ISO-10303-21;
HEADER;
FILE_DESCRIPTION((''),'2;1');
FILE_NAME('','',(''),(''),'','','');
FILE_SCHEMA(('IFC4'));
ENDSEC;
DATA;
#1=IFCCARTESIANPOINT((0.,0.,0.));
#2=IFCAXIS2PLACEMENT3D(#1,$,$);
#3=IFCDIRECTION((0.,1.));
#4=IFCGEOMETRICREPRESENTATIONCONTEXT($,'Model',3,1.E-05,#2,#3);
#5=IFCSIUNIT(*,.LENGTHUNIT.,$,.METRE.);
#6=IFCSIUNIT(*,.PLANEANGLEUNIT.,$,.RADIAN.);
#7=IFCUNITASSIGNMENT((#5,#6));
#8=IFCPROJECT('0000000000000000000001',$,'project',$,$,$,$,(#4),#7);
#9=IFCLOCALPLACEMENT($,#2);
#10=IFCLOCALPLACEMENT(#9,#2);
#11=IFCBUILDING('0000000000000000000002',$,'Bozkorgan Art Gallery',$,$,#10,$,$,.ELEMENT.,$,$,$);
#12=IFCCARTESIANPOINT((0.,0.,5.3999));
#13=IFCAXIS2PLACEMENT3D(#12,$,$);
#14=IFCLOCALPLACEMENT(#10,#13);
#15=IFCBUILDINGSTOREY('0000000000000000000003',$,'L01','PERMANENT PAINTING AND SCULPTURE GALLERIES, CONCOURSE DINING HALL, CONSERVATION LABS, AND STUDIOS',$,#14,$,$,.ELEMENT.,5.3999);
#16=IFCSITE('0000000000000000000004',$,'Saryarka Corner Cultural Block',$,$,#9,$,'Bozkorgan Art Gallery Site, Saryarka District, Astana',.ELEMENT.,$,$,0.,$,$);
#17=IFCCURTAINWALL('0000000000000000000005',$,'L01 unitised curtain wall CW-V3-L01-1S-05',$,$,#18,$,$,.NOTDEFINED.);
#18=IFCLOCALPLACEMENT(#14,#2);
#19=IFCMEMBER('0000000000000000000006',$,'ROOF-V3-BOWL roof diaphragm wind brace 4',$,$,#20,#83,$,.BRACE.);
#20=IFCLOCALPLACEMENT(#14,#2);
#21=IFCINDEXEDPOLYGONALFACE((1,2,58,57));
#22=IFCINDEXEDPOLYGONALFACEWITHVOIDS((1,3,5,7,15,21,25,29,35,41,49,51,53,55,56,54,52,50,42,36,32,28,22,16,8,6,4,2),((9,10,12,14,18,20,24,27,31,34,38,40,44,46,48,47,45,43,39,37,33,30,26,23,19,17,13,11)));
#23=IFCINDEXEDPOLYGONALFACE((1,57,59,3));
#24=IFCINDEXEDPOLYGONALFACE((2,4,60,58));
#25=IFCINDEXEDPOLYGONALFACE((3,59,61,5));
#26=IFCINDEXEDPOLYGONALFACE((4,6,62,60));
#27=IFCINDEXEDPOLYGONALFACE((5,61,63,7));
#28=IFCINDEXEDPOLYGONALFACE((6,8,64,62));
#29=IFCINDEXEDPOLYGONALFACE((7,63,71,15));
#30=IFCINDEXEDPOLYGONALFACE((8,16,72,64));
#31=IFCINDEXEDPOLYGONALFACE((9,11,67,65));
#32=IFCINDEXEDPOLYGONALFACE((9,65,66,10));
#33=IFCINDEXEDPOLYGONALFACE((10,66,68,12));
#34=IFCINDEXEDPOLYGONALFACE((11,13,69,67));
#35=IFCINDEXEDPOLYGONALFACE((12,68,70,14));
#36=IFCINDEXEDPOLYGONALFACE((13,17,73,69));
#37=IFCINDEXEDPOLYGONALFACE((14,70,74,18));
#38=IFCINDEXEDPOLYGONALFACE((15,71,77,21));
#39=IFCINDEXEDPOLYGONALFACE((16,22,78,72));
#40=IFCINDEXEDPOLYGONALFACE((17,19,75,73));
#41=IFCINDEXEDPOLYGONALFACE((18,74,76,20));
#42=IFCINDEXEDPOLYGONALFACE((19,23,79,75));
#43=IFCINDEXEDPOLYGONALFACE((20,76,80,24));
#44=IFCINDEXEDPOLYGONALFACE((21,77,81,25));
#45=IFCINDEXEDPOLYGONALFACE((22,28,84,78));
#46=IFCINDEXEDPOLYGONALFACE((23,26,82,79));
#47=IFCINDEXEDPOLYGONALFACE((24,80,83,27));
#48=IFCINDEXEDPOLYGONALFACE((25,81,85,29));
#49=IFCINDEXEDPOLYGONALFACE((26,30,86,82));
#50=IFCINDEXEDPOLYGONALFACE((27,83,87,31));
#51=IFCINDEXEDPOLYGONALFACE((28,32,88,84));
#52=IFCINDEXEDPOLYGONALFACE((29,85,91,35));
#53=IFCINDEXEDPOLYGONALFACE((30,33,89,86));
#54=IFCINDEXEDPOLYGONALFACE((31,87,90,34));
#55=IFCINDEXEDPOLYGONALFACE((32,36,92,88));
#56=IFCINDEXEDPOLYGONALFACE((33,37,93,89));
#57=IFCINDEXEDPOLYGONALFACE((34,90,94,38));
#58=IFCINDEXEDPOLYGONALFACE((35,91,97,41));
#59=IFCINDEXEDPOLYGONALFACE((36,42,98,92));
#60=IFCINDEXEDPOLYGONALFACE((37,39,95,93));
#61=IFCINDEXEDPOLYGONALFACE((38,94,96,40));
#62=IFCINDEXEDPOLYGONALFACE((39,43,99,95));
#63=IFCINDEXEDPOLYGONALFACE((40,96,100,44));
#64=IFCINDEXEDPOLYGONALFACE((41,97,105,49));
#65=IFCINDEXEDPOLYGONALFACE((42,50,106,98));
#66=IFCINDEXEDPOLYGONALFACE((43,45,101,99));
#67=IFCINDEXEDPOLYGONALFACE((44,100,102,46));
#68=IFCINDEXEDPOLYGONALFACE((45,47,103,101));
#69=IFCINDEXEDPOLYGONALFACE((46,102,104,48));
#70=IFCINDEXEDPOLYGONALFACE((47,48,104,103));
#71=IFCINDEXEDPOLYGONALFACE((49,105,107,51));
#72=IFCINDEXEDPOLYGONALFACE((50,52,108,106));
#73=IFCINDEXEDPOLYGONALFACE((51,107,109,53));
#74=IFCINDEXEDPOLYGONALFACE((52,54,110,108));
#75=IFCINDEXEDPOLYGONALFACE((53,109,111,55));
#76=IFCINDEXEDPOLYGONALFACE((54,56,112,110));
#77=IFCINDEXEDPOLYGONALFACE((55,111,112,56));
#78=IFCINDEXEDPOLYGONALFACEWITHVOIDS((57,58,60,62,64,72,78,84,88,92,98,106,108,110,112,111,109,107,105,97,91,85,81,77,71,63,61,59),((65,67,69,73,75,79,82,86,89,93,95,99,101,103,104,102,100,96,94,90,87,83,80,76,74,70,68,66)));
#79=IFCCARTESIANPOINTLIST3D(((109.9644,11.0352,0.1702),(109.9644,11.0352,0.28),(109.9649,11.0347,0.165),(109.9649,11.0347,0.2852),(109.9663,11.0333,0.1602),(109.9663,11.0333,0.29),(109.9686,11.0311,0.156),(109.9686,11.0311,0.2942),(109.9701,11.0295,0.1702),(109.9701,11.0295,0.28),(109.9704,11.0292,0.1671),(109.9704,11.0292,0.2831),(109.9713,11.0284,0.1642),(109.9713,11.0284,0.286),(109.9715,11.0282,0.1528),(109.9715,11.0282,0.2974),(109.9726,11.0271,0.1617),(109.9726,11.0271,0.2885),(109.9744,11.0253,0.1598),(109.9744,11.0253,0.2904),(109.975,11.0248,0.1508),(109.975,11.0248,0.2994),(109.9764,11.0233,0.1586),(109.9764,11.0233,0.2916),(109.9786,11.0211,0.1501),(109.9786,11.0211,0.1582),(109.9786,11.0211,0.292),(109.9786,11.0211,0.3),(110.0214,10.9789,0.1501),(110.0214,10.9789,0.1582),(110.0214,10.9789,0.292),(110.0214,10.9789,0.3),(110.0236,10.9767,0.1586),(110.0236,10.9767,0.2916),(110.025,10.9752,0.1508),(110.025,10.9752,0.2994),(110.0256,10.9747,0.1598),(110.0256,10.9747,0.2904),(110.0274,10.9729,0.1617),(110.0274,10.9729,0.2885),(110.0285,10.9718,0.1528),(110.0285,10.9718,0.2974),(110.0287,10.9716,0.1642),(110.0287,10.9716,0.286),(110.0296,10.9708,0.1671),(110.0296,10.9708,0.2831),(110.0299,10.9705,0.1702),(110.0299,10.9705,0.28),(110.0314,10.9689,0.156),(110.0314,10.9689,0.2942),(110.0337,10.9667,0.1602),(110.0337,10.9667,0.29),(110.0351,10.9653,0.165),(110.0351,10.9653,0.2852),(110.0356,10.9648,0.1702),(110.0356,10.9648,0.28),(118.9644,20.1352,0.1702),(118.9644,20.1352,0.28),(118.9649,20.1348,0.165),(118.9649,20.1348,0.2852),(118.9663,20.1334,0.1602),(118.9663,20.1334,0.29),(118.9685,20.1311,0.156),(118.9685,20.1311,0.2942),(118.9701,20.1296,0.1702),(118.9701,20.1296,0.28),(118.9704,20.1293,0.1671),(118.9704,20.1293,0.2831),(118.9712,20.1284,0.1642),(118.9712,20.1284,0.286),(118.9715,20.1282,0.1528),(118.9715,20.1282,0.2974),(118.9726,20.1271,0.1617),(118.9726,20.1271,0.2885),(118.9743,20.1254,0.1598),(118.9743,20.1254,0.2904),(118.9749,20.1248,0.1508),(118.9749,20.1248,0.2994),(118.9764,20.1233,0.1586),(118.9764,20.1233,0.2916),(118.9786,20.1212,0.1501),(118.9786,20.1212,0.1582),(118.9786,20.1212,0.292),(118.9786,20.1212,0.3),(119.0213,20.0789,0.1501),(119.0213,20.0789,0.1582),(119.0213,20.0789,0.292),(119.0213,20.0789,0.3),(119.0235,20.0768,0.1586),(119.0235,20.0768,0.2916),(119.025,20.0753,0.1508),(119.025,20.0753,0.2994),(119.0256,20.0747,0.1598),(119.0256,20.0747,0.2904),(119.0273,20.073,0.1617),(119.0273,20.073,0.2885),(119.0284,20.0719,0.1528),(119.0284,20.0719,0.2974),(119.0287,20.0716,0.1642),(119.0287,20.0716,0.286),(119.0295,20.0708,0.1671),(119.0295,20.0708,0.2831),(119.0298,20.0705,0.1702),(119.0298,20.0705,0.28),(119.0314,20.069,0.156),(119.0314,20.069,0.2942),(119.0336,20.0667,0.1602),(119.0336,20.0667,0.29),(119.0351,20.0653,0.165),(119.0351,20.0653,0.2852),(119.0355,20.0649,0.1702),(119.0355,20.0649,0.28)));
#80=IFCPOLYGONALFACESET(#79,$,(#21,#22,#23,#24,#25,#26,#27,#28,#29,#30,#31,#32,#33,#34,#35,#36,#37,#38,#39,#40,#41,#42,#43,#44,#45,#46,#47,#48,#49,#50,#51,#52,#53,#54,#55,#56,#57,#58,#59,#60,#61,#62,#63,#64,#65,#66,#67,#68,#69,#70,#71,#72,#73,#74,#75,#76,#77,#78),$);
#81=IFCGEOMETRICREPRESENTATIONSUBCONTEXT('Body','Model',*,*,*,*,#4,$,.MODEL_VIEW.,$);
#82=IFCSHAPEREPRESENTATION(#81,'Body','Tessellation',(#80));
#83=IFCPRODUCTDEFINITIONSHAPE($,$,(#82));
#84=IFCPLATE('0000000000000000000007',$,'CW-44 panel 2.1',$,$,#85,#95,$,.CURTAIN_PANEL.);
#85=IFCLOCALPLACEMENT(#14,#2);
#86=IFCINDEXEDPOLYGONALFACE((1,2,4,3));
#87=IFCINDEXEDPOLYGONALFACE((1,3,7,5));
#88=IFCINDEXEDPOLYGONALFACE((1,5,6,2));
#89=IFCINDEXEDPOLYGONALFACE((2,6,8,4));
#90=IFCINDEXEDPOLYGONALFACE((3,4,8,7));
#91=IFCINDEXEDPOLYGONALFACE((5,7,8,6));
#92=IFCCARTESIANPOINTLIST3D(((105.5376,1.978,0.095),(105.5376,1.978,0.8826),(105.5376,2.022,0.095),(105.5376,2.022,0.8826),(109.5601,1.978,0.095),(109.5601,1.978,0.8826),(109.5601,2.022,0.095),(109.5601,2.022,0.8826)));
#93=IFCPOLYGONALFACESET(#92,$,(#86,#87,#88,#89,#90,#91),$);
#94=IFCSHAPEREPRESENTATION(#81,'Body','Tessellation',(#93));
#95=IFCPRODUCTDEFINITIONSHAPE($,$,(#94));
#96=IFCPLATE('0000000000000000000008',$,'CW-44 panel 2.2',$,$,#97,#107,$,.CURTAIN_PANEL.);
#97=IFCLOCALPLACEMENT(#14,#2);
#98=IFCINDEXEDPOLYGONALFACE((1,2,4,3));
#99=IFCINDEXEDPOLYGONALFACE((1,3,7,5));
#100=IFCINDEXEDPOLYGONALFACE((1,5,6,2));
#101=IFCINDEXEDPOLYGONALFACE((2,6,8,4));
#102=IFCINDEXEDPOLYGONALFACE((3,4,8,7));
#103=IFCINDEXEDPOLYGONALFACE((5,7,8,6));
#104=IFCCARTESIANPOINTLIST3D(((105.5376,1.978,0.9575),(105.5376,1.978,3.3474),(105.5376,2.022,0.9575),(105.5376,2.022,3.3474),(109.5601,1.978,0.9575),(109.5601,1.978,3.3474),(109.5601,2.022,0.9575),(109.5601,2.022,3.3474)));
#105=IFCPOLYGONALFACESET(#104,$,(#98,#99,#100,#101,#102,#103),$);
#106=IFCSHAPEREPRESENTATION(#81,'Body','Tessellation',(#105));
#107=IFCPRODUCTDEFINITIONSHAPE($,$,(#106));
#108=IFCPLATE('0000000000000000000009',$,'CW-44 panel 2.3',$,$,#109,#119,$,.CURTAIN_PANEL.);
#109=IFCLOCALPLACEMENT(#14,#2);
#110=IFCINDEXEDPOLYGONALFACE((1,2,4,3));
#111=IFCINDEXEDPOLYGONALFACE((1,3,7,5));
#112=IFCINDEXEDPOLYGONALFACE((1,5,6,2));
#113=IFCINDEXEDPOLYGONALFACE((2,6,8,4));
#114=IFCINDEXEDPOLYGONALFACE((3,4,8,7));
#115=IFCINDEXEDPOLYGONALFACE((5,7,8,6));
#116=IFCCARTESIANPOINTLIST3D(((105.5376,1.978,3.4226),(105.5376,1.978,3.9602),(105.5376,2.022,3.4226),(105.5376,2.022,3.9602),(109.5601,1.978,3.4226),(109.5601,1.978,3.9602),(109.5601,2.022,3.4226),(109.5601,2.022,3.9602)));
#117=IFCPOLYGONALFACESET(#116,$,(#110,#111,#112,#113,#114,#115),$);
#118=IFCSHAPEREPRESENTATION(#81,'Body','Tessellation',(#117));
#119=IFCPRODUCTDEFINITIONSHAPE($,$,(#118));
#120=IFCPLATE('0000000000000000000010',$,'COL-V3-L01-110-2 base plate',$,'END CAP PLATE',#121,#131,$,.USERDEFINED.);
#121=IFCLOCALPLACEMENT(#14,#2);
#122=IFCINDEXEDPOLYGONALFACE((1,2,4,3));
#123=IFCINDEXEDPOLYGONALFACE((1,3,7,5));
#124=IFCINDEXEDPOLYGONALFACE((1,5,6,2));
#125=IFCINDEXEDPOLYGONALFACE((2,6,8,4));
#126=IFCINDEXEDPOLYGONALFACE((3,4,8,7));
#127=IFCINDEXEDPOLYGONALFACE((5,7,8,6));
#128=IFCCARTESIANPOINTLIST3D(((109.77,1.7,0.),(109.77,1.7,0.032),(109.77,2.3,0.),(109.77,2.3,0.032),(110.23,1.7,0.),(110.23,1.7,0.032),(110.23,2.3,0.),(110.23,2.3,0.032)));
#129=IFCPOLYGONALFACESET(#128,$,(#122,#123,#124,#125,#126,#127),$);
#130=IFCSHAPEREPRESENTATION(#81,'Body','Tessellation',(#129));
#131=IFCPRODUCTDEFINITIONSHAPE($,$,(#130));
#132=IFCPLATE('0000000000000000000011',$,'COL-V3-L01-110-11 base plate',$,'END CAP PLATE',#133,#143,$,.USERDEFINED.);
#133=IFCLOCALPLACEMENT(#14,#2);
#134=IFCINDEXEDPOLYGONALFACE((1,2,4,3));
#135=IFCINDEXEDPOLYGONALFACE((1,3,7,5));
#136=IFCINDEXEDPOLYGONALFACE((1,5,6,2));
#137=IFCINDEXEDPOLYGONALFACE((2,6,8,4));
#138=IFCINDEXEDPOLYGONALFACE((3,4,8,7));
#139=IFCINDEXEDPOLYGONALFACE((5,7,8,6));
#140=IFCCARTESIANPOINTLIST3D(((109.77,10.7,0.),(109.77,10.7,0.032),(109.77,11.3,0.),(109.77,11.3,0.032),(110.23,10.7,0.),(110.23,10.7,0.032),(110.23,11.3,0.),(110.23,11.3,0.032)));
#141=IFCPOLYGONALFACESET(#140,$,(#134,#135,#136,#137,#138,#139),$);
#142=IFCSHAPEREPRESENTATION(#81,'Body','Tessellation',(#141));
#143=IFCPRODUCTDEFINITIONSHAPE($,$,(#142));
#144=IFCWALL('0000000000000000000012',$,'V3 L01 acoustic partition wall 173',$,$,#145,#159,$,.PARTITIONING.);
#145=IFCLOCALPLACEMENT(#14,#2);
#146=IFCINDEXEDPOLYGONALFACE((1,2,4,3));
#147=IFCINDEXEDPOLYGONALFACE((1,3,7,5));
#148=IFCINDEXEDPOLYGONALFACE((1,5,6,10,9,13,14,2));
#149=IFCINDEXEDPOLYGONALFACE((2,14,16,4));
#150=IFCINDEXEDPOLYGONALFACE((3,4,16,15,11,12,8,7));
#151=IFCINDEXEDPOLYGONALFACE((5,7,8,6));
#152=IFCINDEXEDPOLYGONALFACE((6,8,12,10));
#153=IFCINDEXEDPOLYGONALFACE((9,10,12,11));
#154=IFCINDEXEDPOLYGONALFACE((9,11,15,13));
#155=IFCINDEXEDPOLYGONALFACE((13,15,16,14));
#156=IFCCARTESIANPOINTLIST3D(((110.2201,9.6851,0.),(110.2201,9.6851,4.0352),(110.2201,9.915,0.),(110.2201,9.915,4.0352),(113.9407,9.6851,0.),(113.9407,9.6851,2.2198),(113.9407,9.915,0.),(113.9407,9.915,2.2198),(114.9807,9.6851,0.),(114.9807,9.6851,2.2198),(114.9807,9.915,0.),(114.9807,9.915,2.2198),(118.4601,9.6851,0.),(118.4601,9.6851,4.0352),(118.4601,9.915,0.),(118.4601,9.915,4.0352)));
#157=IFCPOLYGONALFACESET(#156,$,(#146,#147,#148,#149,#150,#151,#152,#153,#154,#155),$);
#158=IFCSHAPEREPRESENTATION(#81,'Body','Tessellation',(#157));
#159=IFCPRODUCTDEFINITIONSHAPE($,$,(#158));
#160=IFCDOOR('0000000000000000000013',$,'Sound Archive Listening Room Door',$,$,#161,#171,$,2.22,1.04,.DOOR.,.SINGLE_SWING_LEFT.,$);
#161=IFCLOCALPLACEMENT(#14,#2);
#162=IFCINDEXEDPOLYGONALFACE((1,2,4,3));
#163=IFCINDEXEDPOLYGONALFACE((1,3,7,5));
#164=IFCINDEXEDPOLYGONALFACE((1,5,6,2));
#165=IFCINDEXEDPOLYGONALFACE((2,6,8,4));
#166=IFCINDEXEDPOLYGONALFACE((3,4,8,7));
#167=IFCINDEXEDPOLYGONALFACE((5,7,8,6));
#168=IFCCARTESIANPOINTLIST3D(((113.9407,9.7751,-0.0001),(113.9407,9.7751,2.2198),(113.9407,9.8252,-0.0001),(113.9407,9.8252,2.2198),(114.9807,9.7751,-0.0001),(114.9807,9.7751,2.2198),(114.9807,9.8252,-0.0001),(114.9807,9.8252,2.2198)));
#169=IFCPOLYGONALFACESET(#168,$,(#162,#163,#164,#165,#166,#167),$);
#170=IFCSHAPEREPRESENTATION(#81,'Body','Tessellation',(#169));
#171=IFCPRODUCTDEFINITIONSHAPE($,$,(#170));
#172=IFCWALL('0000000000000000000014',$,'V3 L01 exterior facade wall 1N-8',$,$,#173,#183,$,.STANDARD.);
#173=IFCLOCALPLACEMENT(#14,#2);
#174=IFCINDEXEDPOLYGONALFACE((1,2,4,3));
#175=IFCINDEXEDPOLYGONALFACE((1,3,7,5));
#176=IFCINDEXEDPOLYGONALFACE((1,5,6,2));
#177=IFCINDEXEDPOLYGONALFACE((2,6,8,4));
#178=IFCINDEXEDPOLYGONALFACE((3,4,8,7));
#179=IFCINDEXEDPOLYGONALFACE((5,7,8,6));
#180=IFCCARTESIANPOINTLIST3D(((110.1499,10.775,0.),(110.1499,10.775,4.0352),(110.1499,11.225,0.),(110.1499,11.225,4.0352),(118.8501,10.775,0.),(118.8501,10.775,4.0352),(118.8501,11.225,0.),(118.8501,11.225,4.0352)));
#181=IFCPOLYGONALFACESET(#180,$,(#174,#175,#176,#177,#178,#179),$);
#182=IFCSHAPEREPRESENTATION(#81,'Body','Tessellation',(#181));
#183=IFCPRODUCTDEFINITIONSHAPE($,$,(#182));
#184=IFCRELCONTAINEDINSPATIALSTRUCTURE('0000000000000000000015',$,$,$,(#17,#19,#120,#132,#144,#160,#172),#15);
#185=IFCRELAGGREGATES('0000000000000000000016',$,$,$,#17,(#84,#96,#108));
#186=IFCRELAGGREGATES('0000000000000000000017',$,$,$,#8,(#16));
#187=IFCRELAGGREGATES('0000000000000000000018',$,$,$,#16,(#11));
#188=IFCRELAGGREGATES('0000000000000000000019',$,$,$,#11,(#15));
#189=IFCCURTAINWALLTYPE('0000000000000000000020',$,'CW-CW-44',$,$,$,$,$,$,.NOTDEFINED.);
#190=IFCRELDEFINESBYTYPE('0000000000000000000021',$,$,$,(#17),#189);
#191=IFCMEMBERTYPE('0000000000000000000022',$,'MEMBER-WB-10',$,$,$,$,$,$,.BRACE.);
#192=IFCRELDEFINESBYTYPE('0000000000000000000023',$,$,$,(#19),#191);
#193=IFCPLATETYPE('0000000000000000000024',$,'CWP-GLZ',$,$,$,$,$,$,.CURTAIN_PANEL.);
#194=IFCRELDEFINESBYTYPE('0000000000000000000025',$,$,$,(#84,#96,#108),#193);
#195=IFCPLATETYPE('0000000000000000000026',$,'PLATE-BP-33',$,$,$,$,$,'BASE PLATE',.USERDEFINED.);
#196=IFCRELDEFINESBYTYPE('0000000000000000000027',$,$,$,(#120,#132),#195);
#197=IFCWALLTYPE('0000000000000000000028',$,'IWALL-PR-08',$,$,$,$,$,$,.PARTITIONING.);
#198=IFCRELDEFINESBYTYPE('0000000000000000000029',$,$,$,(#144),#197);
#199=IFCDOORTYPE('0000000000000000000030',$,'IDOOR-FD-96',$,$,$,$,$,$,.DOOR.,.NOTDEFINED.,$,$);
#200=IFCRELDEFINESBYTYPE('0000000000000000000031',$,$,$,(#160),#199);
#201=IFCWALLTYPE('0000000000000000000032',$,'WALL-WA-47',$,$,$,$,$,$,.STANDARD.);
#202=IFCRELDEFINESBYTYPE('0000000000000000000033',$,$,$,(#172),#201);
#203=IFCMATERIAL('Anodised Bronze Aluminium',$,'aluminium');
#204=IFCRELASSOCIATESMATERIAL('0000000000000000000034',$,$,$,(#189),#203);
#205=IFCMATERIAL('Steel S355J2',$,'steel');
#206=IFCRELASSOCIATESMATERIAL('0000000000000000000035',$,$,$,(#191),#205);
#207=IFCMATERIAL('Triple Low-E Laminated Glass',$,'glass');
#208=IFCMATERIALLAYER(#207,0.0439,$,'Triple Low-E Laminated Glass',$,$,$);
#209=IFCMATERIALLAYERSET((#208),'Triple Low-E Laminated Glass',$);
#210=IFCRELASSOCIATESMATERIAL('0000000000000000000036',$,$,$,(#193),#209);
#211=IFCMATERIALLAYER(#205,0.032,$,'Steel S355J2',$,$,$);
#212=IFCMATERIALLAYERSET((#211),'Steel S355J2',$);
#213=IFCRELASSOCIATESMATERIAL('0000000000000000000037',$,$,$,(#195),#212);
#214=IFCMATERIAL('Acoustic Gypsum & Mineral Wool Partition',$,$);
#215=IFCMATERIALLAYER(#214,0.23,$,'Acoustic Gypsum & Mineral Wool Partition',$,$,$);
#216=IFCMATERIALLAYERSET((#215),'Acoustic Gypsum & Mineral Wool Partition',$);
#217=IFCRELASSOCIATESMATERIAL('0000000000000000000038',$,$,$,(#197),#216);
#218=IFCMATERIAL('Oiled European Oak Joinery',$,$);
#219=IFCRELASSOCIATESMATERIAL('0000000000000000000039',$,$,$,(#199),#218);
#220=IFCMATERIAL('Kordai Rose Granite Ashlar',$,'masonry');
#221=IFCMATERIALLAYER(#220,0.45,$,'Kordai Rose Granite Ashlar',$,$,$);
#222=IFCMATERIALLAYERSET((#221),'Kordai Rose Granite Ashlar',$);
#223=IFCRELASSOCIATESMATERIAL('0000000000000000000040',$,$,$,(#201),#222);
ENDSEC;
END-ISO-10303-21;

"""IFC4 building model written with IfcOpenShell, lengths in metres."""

from ifc_helpers import new_model, si_unit, direction, frame, frame_2d, origin, origin_2d, place, context, subcontext, project, spatial, rectangle, hollow_rectangle, extrude, material, layer, layer_set, material_profile, profile_set, type_object, element, fill, aggregate, save


model = new_model("IFC4")

# Units and contexts
model_context = context("Model", 3, precision=1e-05, world=origin(), true_north=direction((0.0, 1.0)))
body_context = subcontext(model_context, "Body", "Model", "MODEL_VIEW")
ifc_project = project(units=[si_unit("LENGTHUNIT", "METRE"), si_unit("PLANEANGLEUNIT", "RADIAN")], contexts=[model_context])

# Site, building, storey
site_placement = place(None, origin())
site = spatial("IfcSite", under=ifc_project, at=site_placement, Name="Saryarka Corner Cultural Block", LongName="Bozkorgan Art Gallery Site, Saryarka District, Astana", CompositionType="ELEMENT", RefElevation=0.0)
building_placement = place(site_placement, origin())
building = spatial("IfcBuilding", under=site, at=building_placement, Name="Bozkorgan Art Gallery", CompositionType="ELEMENT")
storey_placement = place(building_placement, frame((0.0, 0.0, 5.3999)))
storey = spatial("IfcBuildingStorey", under=building, at=storey_placement, Name="L01", Description="PERMANENT PAINTING AND SCULPTURE GALLERIES, CONCOURSE DINING HALL, CONSERVATION LABS, AND STUDIOS", CompositionType="ELEMENT", Elevation=5.3999)

# Shared definitions
ifc_material_1 = material(Name="Steel S355J2", Category="steel")

# Curtain wall
ifc_material_2 = material(Name="Anodised Bronze Aluminium", Category="aluminium")
curtain_wall_type = type_object("IfcCurtainWallType", Name="CW-CW-44", PredefinedType="NOTDEFINED", material=ifc_material_2)
curtain_wall_1_placement = place(storey_placement, origin())
curtain_wall_1 = element("IfcCurtainWall", 1, at=curtain_wall_1_placement, inside=storey, type_object=curtain_wall_type, Name="L01 unitised curtain wall CW-V3-L01-1S-05", PredefinedType="NOTDEFINED")

# Member
ifc_material_profile_1 = material_profile(ifc_material_1, hollow_rectangle(XDim=0.1001, YDim=0.1499, WallThickness=0.0081, InnerFilletRadius=0.012, OuterFilletRadius=0.02, at=origin_2d()), Name="RHS 150x100x8")
ifc_profile_set_1 = profile_set([ifc_material_profile_1], Name="Steel S355J2")
member_type_1 = type_object("IfcMemberType", Name="MEMBER-WB-10", PredefinedType="BRACE", material=ifc_profile_set_1)
member_1_placement = place(storey_placement, frame((110.0, 11.0, 0.2251), z_axis=(0.703186, 0.711006, 0.0), x_axis=(-0.711006, 0.703186, 0.0)))
element("IfcMember", 2, at=member_1_placement, inside=storey, type_object=member_type_1, Name="ROOF-V3-BOWL roof diaphragm wind brace 4", PredefinedType="BRACE", context=body_context, shape_type="SweptSolid", body=[
    extrude(hollow_rectangle(XDim=0.1001, YDim=0.1499, WallThickness=0.0081, InnerFilletRadius=0.012, OuterFilletRadius=0.02, at=origin_2d()), origin(), (0.0, 0.0, 1.0), 12.7988),
])

# Plates
ifc_material_3 = material(Name="Triple Low-E Laminated Glass", Category="glass")
ifc_layer_1 = layer(ifc_material_3, 0.0439, Name="Triple Low-E Laminated Glass")
ifc_layer_set_1 = layer_set([ifc_layer_1], Name="Triple Low-E Laminated Glass")
plate_type_1 = type_object("IfcPlateType", Name="CWP-GLZ", PredefinedType="CURTAIN_PANEL", material=ifc_layer_set_1)
plate_1_placement = place(storey_placement, frame((107.5488, 2.0, 0.095), z_axis=(0.0, 0.0, 1.0), x_axis=(1.0, 0.0, 0.0)))
plate_1 = element("IfcPlate", 3, at=plate_1_placement, type_object=plate_type_1, Name="CW-44 panel 2.1", PredefinedType="CURTAIN_PANEL", context=body_context, shape_type="SweptSolid", body=[
    extrude(rectangle(XDim=4.0225, YDim=0.0439, at=origin_2d()), origin(), (0.0, 0.0, 1.0), 0.7876),
])
plate_2_placement = place(storey_placement, frame((107.5488, 2.0, 0.9575), z_axis=(0.0, 0.0, 1.0), x_axis=(1.0, 0.0, 0.0)))
plate_2 = element("IfcPlate", 4, at=plate_2_placement, type_object=plate_type_1, Name="CW-44 panel 2.2", PredefinedType="CURTAIN_PANEL", context=body_context, shape_type="SweptSolid", body=[
    extrude(rectangle(XDim=4.0225, YDim=0.0439, at=origin_2d()), origin(), (0.0, 0.0, 1.0), 2.3899),
])
plate_3_placement = place(storey_placement, frame((107.5488, 2.0, 3.4226), z_axis=(0.0, 0.0, 1.0), x_axis=(1.0, 0.0, 0.0)))
plate_3 = element("IfcPlate", 5, at=plate_3_placement, type_object=plate_type_1, Name="CW-44 panel 2.3", PredefinedType="CURTAIN_PANEL", context=body_context, shape_type="SweptSolid", body=[
    extrude(rectangle(XDim=4.0225, YDim=0.0439, at=origin_2d()), origin(), (0.0, 0.0, 1.0), 0.5376),
])
aggregate(curtain_wall_1, [plate_1, plate_2, plate_3])

# Plates
ifc_layer_2 = layer(ifc_material_1, 0.032, Name="Steel S355J2")
ifc_layer_set_2 = layer_set([ifc_layer_2], Name="Steel S355J2")
plate_type_2 = type_object("IfcPlateType", Name="PLATE-BP-33", ElementType="BASE PLATE", PredefinedType="USERDEFINED", material=ifc_layer_set_2)
for number, where, z_axis, x_axis, name in (
    (6, (110.0, 2.0, 0.0), (0.0, 0.0, 1.0), (1.0, 0.0, 0.0), "COL-V3-L01-110-2 base plate"),
    (7, (110.0, 11.0, 0.0), (0.0, 0.0, 1.0), (1.0, 0.0, 0.0), "COL-V3-L01-110-11 base plate"),
):
    element("IfcPlate", number, at=place(storey_placement, frame(where, z_axis=z_axis, x_axis=x_axis)), inside=storey, type_object=plate_type_2, Name=name, ObjectType="END CAP PLATE", PredefinedType="USERDEFINED", context=body_context, shape_type="SweptSolid", body=[
        extrude(rectangle(XDim=0.46, YDim=0.6001, at=origin_2d()), origin(), (0.0, 0.0, 1.0), 0.032),
    ])

# Wall, opening, door
ifc_material_4 = material(Name="Acoustic Gypsum & Mineral Wool Partition")
ifc_layer_3 = layer(ifc_material_4, 0.23, Name="Acoustic Gypsum & Mineral Wool Partition")
ifc_layer_set_3 = layer_set([ifc_layer_3], Name="Acoustic Gypsum & Mineral Wool Partition")
wall_type_1 = type_object("IfcWallType", Name="IWALL-PR-08", PredefinedType="PARTITIONING", material=ifc_layer_set_3)
wall_1_placement = place(storey_placement, frame((110.22, 9.8, 0.0), z_axis=(0.0, 0.0, 1.0), x_axis=(1.0, 0.0, 0.0)))
wall_1 = element("IfcWall", 8, at=wall_1_placement, inside=storey, type_object=wall_type_1, Name="V3 L01 acoustic partition wall 173", PredefinedType="PARTITIONING", context=body_context, shape_type="SweptSolid", body=[
    extrude(rectangle(XDim=8.24, YDim=0.23, at=frame_2d((4.1201, 0.0))), origin(), (0.0, 0.0, 1.0), 4.0352),
])
opening_placement = place(wall_1_placement, frame((4.7607, 0.0, 0.0), z_axis=(0.0, 0.0, 1.0), x_axis=(-1.0, 0.0, 0.0)))
opening = element("IfcOpeningElement", 9, at=opening_placement, cuts=wall_1, PredefinedType="OPENING", context=body_context, shape_type="SweptSolid", body=[
    extrude(rectangle(XDim=1.04, YDim=2.22, at=frame_2d((0.52, 1.1099))), frame((0.0, 0.125, 0.0), z_axis=(0.0, -1.0, 0.0), x_axis=(1.0, 0.0, 0.0)), (0.0, 0.0, 1.0), 0.25),
])
ifc_material_5 = material(Name="Oiled European Oak Joinery")
door_type = type_object("IfcDoorType", Name="IDOOR-FD-96", OperationType="NOTDEFINED", PredefinedType="DOOR", material=ifc_material_5)
door_placement = place(opening_placement, origin())
door = element("IfcDoor", 10, at=door_placement, inside=storey, type_object=door_type, Name="Sound Archive Listening Room Door", OperationType="SINGLE_SWING_LEFT", OverallHeight=2.22, OverallWidth=1.04, PredefinedType="DOOR", context=body_context, shape_type="SweptSolid", body=[
    extrude(rectangle(XDim=1.04, YDim=2.22, at=frame_2d((0.52, 1.1099))), frame((0.0, 0.0249, 0.0), z_axis=(0.0, -1.0, 0.0), x_axis=(1.0, 0.0, 0.0)), (0.0, 0.0, 1.0), 0.05),
])
fill(opening, door)

# Wall
ifc_material_6 = material(Name="Kordai Rose Granite Ashlar", Category="masonry")
ifc_layer_4 = layer(ifc_material_6, 0.45, Name="Kordai Rose Granite Ashlar")
ifc_layer_set_4 = layer_set([ifc_layer_4], Name="Kordai Rose Granite Ashlar")
wall_type_2 = type_object("IfcWallType", Name="WALL-WA-47", PredefinedType="STANDARD", material=ifc_layer_set_4)
wall_2_placement = place(storey_placement, frame((110.1499, 11.0, 0.0), z_axis=(0.0, 0.0, 1.0), x_axis=(1.0, 0.0, 0.0)))
element("IfcWall", 11, at=wall_2_placement, inside=storey, type_object=wall_type_2, Name="V3 L01 exterior facade wall 1N-8", PredefinedType="STANDARD", context=body_context, shape_type="SweptSolid", body=[
    extrude(rectangle(XDim=8.7002, YDim=0.45, at=frame_2d((4.3501, 0.0))), origin(), (0.0, 0.0, 1.0), 4.0352),
])

save(model, "model.ifc")
